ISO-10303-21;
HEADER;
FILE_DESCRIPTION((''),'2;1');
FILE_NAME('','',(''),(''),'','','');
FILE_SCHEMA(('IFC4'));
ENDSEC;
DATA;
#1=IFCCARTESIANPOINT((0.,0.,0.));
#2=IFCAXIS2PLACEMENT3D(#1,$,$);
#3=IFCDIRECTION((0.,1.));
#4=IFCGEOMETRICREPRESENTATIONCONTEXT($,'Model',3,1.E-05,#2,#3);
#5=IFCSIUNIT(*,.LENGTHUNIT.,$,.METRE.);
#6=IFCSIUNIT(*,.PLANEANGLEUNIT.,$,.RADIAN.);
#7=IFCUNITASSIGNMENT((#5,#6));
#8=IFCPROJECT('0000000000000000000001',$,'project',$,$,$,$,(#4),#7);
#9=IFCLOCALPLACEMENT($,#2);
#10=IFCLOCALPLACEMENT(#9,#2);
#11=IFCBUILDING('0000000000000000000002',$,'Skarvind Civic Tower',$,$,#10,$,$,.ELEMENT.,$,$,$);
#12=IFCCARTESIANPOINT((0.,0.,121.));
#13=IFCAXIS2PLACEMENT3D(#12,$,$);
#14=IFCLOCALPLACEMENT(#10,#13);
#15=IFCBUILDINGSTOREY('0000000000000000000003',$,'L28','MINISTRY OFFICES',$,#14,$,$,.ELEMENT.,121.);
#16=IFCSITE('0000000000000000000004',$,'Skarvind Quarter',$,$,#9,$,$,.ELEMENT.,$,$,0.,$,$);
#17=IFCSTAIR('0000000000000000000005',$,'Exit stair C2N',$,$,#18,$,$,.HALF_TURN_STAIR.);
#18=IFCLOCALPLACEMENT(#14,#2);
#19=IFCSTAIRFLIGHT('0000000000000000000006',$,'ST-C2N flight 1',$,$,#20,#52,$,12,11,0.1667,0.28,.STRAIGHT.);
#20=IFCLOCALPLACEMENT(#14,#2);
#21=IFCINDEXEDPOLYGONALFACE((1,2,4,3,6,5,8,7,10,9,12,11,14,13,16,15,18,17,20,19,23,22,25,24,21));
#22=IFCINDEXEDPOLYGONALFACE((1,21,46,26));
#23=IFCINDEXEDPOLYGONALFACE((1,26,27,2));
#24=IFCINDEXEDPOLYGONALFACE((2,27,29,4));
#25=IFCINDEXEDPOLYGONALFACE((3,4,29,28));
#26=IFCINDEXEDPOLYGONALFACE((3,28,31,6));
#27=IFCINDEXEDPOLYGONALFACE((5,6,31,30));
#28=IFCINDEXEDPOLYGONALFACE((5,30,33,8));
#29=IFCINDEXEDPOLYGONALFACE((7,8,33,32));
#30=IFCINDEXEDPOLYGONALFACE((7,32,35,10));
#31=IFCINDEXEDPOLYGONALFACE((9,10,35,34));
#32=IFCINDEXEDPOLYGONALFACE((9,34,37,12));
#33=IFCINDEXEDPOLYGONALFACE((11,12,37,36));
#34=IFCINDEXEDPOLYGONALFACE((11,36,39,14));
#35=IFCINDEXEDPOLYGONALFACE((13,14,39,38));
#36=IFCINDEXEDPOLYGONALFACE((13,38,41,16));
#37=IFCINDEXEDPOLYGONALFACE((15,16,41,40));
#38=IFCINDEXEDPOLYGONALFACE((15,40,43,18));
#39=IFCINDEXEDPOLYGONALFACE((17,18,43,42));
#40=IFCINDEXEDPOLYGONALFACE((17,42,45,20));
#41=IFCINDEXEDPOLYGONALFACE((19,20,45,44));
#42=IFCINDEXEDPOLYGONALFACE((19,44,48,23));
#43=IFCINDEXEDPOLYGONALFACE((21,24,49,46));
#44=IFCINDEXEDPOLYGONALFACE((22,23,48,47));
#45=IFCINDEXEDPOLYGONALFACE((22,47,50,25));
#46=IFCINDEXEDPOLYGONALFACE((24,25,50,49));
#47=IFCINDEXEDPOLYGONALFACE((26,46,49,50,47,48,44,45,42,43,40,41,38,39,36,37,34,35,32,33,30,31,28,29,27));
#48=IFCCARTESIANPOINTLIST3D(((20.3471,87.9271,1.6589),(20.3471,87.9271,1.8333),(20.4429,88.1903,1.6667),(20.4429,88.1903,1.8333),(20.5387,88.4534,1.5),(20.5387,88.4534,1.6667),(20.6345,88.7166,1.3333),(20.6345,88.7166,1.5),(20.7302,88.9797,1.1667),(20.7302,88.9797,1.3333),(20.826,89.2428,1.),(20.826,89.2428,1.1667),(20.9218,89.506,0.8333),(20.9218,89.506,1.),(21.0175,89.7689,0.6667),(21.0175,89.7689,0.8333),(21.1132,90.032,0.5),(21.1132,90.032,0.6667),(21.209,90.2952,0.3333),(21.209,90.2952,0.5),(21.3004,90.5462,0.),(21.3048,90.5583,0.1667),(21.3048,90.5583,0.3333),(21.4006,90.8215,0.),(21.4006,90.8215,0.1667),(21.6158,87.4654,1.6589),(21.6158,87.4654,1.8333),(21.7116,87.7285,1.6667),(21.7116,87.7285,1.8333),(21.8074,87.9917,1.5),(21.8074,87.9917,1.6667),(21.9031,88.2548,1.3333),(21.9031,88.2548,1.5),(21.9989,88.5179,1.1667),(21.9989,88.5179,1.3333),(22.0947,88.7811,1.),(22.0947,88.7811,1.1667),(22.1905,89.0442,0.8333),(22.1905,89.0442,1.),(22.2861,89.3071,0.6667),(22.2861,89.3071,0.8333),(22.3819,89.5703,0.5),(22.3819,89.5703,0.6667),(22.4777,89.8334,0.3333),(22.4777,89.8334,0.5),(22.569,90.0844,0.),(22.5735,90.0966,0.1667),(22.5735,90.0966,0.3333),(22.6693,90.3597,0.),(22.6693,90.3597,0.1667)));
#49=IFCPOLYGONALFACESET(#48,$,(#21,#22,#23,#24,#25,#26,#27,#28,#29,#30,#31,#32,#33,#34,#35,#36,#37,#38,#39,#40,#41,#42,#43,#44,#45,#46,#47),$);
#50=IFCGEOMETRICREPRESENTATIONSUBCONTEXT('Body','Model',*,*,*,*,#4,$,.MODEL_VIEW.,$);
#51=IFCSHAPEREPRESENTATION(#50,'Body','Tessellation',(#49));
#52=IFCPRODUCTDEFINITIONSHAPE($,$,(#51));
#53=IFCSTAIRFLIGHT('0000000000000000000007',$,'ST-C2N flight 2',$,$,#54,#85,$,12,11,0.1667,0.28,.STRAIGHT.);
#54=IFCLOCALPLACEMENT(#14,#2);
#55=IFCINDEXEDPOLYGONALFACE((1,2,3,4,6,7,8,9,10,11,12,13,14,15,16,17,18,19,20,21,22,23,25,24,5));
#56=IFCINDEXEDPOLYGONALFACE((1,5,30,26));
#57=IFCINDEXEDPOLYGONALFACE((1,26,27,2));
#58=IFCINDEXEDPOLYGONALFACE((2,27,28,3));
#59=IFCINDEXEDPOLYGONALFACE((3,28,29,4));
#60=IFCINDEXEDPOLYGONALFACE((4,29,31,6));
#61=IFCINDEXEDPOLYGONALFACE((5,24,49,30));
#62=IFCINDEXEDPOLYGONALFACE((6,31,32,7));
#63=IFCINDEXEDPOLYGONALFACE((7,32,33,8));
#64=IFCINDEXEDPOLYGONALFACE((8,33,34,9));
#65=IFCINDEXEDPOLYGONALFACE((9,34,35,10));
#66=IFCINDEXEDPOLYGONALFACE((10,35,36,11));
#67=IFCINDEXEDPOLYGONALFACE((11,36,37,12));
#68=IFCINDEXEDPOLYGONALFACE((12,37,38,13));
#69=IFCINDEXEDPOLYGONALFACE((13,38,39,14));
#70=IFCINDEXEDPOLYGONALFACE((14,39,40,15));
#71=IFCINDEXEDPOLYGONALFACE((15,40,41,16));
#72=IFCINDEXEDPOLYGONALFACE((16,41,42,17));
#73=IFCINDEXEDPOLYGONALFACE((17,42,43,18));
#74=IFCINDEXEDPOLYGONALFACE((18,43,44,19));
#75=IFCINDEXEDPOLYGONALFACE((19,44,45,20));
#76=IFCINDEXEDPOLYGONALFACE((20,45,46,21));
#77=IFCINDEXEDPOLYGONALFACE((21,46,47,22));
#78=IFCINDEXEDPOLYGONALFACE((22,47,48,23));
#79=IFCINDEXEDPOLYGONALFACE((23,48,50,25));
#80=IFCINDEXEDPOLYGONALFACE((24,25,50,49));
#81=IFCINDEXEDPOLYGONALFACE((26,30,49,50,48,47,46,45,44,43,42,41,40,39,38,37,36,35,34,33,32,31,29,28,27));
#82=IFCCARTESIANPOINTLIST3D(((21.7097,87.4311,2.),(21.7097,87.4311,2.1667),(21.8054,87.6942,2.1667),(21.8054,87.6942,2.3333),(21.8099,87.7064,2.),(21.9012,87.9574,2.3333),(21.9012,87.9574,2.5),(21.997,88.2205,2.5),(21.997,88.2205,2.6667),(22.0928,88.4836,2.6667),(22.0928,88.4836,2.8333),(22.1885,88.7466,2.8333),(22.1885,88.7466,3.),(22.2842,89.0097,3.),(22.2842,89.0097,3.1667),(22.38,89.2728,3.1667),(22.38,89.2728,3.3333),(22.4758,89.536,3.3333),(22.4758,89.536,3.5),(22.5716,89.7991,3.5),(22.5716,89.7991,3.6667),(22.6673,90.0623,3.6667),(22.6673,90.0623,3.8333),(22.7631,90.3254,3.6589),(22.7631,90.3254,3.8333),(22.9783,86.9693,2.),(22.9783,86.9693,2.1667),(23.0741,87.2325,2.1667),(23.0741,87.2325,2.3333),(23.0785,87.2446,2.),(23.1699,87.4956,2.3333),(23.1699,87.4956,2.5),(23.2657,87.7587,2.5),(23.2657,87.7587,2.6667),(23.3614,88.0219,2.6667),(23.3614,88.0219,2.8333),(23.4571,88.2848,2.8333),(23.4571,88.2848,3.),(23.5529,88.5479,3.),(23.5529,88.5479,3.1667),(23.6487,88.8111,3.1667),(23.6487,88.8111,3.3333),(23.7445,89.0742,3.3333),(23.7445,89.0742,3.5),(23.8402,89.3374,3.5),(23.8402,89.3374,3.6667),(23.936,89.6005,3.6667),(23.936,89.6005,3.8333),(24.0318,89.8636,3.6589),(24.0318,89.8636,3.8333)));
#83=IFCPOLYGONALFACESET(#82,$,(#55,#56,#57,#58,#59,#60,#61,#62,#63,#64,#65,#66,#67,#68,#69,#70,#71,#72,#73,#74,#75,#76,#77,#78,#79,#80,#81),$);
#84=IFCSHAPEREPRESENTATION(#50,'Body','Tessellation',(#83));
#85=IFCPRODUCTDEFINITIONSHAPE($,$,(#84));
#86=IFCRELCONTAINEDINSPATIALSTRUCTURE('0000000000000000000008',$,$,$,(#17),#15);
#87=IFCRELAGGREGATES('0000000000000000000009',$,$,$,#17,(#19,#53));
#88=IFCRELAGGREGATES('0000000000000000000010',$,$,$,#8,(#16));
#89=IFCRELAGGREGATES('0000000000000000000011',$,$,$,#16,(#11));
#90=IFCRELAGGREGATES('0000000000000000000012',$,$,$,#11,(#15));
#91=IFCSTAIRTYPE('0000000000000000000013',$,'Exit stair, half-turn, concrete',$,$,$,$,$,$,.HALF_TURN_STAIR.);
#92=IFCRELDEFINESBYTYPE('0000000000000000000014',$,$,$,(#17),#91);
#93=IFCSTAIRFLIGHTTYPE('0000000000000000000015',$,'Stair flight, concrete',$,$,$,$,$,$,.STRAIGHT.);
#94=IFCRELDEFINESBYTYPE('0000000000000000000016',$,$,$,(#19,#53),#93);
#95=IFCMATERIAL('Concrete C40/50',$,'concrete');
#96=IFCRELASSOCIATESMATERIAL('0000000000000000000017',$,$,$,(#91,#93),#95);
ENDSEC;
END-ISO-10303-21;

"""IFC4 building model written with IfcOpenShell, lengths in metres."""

from ifc_helpers import new_model, si_unit, direction, frame, origin, place, context, subcontext, project, spatial, polyline, outline, extrude, material, type_object, element, aggregate, save


model = new_model("IFC4")

# Units and contexts
model_context = context("Model", 3, precision=1e-05, world=origin(), true_north=direction((0.0, 1.0)))
body_context = subcontext(model_context, "Body", "Model", "MODEL_VIEW")
ifc_project = project(units=[si_unit("LENGTHUNIT", "METRE"), si_unit("PLANEANGLEUNIT", "RADIAN")], contexts=[model_context])

# Site, building, storey
site_placement = place(None, origin())
site = spatial("IfcSite", under=ifc_project, at=site_placement, Name="Skarvind Quarter", CompositionType="ELEMENT", RefElevation=0.0)
building_placement = place(site_placement, origin())
building = spatial("IfcBuilding", under=site, at=building_placement, Name="Skarvind Civic Tower", CompositionType="ELEMENT")
storey_placement = place(building_placement, frame((0.0, 0.0, 121.0)))
storey = spatial("IfcBuildingStorey", under=building, at=storey_placement, Name="L28", Description="MINISTRY OFFICES", CompositionType="ELEMENT", Elevation=121.0)

# Stair, stair flights
ifc_material_1 = material(Name="Concrete C40/50", Category="concrete")
stair_type = type_object("IfcStairType", Name="Exit stair, half-turn, concrete", PredefinedType="HALF_TURN_STAIR", material=ifc_material_1)
stair_placement = place(storey_placement, origin())
stair = element("IfcStair", 1, at=stair_placement, inside=storey, type_object=stair_type, Name="Exit stair C2N", PredefinedType="HALF_TURN_STAIR")
stair_flight_type = type_object("IfcStairFlightType", Name="Stair flight, concrete", PredefinedType="STRAIGHT", material=ifc_material_1)
stair_flight_1_placement = place(storey_placement, frame((22.0349, 90.5906, 0.0), z_axis=(0.0, 0.0, 1.0), x_axis=(-0.34202, -0.939693, 0.0)))
stair_flight_1 = element("IfcStairFlight", 2, at=stair_flight_1_placement, type_object=stair_flight_type, Name="ST-C2N flight 1", NumberOfRisers=12, NumberOfTreads=11, PredefinedType="STRAIGHT", RiserHeight=0.1667, TreadLength=0.28, context=body_context, shape_type="SweptSolid", body=[
    extrude(outline(polyline([(0.0, 0.0), (0.0, 0.1667), (0.28, 0.1667), (0.28, 0.3333), (0.5601, 0.3333), (0.5601, 0.5), (0.8401, 0.5), (0.8401, 0.6667), (1.1201, 0.6667), (1.1201, 0.8333), (1.3999, 0.8333), (1.3999, 1.0), (1.6799, 1.0), (1.6799, 1.1667), (1.96, 1.1667), (1.96, 1.3333), (2.24, 1.3333), (2.24, 1.5), (2.52, 1.5), (2.52, 1.6667), (2.8, 1.6667), (2.8, 1.8333), (3.0801, 1.8333), (3.0801, 2.0), (3.0801, 1.6589), (0.293, 0.0), (0.0, 0.0)])), frame((0.0, 0.675, 0.0), z_axis=(0.0, -1.0, 0.0), x_axis=(1.0, 0.0, 0.0)), (0.0, 0.0, 1.0), 1.3501),
])
stair_flight_2_placement = place(storey_placement, frame((22.344, 87.2002, 2.0), z_axis=(0.0, 0.0, 1.0), x_axis=(0.34202, 0.939693, 0.0)))
stair_flight_2 = element("IfcStairFlight", 3, at=stair_flight_2_placement, type_object=stair_flight_type, Name="ST-C2N flight 2", NumberOfRisers=12, NumberOfTreads=11, PredefinedType="STRAIGHT", RiserHeight=0.1667, TreadLength=0.28, context=body_context, shape_type="SweptSolid", body=[
    extrude(outline(polyline([(0.0, 0.0), (0.0, 0.1667), (0.28, 0.1667), (0.28, 0.3333), (0.5601, 0.3333), (0.5601, 0.5), (0.8401, 0.5), (0.8401, 0.6667), (1.1201, 0.6667), (1.1201, 0.8333), (1.3999, 0.8333), (1.3999, 1.0), (1.6799, 1.0), (1.6799, 1.1667), (1.96, 1.1667), (1.96, 1.3333), (2.24, 1.3333), (2.24, 1.5), (2.52, 1.5), (2.52, 1.6667), (2.8, 1.6667), (2.8, 1.8333), (3.0801, 1.8333), (3.0801, 2.0), (3.0801, 1.6589), (0.293, 0.0), (0.0, 0.0)])), frame((0.0, 0.675, 0.0), z_axis=(0.0, -1.0, 0.0), x_axis=(1.0, 0.0, 0.0)), (0.0, 0.0, 1.0), 1.3501),
])
aggregate(stair, [stair_flight_1, stair_flight_2])

save(model, "model.ifc")
